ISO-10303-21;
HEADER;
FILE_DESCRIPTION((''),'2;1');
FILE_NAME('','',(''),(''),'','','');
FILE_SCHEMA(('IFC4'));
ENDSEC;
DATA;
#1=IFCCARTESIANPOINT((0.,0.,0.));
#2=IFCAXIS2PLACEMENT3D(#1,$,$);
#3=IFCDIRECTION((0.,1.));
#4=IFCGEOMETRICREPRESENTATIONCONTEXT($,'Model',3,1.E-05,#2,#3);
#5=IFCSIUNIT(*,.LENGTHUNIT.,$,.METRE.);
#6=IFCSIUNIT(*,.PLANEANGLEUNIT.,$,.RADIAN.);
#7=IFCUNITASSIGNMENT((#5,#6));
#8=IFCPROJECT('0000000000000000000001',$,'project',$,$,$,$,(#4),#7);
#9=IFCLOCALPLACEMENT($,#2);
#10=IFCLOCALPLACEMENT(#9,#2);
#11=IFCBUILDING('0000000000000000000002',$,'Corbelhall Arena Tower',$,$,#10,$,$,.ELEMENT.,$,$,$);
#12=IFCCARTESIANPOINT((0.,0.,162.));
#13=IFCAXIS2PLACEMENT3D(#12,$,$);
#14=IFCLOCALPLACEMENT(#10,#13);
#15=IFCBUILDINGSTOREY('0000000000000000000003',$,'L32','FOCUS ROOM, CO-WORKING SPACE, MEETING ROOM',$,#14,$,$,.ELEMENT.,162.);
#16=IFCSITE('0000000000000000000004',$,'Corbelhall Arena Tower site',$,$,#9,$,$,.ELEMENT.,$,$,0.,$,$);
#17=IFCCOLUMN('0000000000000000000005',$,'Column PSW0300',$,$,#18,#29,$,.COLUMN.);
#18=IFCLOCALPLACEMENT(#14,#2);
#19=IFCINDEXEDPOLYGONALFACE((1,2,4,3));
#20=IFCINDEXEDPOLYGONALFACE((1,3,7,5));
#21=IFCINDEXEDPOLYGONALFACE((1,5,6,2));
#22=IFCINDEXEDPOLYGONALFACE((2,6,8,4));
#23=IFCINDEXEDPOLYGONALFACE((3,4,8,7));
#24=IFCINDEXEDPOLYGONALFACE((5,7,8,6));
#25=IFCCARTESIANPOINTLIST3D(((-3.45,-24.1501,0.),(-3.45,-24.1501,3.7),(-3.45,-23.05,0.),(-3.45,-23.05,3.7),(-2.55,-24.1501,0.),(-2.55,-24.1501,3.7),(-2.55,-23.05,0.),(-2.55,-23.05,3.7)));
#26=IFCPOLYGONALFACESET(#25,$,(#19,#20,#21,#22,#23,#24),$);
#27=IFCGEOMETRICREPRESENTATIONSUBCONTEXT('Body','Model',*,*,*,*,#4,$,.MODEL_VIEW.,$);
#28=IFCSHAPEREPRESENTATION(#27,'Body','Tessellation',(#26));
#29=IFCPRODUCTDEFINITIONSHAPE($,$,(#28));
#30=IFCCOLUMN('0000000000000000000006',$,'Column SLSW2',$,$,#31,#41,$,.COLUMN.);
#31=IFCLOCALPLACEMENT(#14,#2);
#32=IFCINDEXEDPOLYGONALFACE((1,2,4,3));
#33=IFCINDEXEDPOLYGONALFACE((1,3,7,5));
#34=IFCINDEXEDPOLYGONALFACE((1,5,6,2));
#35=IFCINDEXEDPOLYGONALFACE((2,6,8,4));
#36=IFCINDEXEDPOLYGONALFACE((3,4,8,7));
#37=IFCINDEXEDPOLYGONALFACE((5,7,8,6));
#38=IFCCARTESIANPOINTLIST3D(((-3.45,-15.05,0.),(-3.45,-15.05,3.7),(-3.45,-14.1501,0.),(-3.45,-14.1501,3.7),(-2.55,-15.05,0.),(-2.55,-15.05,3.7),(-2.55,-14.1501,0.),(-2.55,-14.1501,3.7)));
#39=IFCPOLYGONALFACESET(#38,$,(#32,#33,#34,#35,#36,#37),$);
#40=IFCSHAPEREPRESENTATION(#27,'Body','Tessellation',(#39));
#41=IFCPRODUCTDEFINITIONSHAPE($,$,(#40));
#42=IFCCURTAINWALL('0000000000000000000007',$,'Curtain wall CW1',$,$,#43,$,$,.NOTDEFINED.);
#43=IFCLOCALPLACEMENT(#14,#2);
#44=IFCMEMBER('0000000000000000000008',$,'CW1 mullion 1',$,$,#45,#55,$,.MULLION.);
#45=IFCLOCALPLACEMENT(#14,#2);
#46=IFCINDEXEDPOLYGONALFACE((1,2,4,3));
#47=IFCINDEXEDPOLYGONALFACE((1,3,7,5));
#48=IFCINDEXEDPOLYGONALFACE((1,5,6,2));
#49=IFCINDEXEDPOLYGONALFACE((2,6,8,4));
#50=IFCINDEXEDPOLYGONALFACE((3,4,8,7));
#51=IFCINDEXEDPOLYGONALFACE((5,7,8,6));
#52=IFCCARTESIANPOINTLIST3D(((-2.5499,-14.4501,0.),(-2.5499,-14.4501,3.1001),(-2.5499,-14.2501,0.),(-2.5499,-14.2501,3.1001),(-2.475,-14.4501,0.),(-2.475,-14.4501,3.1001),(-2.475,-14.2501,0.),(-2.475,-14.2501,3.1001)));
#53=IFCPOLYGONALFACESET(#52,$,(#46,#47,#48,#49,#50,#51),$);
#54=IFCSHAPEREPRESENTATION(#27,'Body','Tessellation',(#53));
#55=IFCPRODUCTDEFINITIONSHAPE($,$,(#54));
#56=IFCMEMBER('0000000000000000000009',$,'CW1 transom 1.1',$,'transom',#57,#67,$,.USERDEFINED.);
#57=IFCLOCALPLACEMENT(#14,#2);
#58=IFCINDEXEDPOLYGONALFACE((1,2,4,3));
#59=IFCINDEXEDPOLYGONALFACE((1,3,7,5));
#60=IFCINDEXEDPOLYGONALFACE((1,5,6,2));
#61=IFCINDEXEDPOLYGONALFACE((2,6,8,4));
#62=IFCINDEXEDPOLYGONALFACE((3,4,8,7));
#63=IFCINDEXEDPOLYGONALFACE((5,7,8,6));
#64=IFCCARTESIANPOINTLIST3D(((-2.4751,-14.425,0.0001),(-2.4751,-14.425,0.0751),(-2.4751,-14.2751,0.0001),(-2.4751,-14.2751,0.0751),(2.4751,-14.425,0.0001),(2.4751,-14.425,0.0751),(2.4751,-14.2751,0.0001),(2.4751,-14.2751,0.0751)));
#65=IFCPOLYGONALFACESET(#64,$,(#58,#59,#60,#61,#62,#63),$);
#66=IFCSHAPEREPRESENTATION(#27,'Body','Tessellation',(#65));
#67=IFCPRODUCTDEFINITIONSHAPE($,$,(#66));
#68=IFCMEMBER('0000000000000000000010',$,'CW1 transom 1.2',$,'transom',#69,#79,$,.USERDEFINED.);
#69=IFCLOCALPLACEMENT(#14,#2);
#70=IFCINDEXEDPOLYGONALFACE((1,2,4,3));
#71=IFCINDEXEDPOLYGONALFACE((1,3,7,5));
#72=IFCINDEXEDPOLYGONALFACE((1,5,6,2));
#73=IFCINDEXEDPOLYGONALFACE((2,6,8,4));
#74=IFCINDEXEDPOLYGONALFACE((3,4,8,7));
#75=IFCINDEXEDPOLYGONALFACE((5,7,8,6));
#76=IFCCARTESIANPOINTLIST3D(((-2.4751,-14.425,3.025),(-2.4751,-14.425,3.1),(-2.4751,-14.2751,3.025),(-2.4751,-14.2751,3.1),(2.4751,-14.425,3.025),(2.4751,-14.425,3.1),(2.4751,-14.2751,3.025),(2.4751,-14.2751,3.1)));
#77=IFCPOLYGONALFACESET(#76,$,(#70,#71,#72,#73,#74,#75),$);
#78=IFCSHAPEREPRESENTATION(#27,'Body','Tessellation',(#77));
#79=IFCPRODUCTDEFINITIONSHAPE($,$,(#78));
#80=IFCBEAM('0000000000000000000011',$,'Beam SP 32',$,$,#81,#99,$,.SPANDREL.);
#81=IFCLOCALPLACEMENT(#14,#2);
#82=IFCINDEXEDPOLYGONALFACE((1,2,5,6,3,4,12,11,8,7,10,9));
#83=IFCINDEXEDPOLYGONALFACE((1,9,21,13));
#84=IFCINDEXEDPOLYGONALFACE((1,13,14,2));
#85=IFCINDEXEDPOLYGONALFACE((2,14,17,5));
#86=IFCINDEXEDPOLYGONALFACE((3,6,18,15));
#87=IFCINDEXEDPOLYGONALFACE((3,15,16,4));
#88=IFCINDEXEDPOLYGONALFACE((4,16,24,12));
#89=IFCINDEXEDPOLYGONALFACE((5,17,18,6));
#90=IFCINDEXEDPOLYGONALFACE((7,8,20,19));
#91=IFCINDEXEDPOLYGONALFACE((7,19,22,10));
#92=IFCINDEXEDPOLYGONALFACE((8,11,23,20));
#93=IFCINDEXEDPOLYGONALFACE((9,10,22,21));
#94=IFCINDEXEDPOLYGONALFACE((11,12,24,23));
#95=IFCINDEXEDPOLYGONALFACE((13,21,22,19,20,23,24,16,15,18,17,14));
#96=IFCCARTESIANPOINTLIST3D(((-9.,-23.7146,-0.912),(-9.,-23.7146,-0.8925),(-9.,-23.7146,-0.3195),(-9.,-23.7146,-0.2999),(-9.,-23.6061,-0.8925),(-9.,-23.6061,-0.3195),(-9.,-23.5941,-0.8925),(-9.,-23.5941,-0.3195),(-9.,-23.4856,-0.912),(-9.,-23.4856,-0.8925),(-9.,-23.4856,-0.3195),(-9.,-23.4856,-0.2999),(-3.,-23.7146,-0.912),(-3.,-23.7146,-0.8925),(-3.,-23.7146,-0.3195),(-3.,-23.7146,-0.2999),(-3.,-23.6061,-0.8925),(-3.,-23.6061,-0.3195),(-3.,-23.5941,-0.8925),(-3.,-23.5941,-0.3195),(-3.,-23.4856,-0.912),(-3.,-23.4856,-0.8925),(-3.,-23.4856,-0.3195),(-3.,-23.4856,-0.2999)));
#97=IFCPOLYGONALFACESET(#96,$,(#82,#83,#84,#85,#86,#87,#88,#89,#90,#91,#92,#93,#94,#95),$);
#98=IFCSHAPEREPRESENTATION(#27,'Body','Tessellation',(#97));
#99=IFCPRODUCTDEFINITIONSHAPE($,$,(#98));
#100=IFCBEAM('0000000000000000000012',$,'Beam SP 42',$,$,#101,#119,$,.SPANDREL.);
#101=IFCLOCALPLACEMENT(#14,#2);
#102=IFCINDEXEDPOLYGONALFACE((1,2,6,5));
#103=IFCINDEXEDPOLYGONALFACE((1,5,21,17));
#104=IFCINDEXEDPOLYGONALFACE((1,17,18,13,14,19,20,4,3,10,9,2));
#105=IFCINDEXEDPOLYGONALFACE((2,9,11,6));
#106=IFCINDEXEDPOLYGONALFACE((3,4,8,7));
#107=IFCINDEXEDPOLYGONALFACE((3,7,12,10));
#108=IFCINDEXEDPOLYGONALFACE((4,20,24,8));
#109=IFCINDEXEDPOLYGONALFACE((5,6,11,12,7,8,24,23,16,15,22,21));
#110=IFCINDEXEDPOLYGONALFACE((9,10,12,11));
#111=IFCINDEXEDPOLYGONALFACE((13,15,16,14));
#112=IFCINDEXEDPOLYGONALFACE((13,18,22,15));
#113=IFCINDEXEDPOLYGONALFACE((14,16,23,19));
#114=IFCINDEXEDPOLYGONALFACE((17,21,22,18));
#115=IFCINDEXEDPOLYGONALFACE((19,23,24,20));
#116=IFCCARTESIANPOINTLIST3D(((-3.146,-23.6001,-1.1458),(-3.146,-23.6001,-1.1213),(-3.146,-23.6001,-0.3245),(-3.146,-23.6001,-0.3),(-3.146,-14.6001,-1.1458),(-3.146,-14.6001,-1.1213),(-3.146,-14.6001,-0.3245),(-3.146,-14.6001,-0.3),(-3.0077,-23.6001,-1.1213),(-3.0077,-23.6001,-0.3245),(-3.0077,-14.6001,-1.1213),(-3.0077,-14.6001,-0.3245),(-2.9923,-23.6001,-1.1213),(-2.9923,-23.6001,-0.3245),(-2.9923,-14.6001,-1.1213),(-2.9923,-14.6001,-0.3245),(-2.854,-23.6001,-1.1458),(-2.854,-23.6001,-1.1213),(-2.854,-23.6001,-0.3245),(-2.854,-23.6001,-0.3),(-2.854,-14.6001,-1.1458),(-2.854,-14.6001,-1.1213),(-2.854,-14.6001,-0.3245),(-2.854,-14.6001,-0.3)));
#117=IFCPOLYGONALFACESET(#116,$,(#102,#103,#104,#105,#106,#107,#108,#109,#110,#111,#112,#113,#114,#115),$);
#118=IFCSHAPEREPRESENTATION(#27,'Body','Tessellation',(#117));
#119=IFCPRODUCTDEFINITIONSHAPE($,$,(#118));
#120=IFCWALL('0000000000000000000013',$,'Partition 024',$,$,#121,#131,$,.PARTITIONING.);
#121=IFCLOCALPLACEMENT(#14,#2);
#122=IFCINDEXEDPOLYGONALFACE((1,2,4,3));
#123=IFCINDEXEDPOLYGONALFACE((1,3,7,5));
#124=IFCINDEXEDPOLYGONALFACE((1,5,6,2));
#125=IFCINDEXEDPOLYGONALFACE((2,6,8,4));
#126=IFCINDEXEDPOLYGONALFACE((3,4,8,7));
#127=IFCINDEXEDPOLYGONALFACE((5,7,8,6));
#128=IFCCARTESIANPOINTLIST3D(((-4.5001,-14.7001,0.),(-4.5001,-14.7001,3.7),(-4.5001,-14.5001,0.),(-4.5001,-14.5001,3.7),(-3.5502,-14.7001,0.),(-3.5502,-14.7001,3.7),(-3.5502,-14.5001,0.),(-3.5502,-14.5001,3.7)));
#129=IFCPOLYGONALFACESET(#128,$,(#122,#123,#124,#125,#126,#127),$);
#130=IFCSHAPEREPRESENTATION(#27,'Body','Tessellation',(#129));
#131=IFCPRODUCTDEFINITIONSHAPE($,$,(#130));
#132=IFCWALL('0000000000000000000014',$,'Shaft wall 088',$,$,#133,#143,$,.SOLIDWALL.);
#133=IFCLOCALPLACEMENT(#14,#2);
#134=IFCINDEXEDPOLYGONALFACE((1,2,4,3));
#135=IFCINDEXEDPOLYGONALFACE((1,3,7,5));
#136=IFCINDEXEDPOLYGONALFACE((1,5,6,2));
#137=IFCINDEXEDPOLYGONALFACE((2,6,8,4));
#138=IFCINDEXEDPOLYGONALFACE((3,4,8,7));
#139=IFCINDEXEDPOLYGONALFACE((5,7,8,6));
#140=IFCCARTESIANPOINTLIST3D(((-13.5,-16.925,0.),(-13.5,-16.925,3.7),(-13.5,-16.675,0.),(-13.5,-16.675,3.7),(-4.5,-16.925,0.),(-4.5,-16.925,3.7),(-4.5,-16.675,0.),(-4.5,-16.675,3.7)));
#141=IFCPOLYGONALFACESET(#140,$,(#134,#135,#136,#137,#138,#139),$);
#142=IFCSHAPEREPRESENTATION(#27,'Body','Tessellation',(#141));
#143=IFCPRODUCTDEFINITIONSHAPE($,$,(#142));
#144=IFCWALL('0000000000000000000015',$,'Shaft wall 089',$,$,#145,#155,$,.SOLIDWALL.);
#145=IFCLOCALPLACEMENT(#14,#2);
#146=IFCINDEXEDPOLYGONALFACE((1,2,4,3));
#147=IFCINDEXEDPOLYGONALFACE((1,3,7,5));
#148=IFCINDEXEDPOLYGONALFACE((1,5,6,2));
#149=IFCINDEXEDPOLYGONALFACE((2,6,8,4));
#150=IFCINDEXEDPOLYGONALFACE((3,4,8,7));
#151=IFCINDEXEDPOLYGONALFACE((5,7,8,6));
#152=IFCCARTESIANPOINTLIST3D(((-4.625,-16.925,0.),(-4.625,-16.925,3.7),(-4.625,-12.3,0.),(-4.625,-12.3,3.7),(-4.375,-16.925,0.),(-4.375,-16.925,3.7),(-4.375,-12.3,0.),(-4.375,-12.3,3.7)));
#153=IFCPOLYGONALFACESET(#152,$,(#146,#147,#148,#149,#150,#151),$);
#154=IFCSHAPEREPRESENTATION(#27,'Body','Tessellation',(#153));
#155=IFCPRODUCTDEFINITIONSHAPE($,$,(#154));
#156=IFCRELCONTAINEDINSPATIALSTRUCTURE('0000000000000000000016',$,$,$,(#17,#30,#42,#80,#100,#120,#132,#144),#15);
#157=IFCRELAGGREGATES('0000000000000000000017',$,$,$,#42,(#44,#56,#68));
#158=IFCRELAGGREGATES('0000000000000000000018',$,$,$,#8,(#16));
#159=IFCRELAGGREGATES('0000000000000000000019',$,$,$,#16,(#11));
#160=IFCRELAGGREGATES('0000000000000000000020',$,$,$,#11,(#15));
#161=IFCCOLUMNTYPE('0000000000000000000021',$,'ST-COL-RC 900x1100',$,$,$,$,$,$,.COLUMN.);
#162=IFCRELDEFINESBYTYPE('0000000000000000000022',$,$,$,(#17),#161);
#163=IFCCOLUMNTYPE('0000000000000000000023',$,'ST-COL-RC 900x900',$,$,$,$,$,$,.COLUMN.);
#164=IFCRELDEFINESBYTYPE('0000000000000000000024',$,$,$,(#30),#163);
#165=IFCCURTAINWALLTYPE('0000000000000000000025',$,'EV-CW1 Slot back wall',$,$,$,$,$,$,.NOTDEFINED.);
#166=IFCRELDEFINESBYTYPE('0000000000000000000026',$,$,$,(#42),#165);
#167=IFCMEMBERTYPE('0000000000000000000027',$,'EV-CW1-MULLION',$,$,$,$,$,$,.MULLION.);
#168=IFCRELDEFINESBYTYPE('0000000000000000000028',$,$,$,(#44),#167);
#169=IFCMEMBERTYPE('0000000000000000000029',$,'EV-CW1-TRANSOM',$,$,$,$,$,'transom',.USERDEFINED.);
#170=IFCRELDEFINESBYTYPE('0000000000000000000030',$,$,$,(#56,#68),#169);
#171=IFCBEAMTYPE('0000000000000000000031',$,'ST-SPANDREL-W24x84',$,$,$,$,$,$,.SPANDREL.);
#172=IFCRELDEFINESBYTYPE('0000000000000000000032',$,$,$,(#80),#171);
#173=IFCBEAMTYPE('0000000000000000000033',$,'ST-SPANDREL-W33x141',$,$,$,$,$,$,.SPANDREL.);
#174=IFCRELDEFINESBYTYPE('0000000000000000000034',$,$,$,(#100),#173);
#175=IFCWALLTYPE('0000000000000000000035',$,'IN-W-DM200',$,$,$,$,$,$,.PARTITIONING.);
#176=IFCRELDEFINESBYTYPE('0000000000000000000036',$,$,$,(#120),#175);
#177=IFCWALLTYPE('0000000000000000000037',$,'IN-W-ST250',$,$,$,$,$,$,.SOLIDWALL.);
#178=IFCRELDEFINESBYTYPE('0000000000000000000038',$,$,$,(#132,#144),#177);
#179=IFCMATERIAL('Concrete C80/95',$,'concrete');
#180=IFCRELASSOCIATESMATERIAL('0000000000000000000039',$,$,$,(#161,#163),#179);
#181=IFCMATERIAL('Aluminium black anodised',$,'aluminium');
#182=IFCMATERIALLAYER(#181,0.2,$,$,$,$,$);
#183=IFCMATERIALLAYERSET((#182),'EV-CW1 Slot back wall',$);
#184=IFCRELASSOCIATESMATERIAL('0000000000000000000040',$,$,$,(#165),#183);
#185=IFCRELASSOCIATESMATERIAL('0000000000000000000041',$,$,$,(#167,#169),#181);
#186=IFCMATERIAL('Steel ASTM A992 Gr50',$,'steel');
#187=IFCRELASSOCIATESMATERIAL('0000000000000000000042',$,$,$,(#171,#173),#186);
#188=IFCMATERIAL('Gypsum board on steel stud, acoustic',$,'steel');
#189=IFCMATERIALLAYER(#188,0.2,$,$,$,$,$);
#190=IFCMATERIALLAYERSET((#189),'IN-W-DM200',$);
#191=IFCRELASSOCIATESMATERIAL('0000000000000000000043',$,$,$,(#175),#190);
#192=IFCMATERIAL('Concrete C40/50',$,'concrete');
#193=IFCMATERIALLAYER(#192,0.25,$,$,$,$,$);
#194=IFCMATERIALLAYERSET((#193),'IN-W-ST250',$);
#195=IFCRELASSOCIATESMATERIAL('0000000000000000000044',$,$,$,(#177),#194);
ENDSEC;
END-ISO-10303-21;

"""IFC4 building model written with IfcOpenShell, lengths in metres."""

from ifc_helpers import new_model, si_unit, direction, frame, frame_2d, origin, origin_2d, place, context, subcontext, project, spatial, rectangle, i_section, extrude, material, layer, layer_set, material_profile, profile_set, type_object, element, aggregate, save


model = new_model("IFC4")

# Units and contexts
model_context = context("Model", 3, precision=1e-05, world=origin(), true_north=direction((0.0, 1.0)))
body_context = subcontext(model_context, "Body", "Model", "MODEL_VIEW")
ifc_project = project(units=[si_unit("LENGTHUNIT", "METRE"), si_unit("PLANEANGLEUNIT", "RADIAN")], contexts=[model_context])

# Site, building, storey
site_placement = place(None, origin())
site = spatial("IfcSite", under=ifc_project, at=site_placement, Name="Corbelhall Arena Tower site", CompositionType="ELEMENT", RefElevation=0.0)
building_placement = place(site_placement, origin())
building = spatial("IfcBuilding", under=site, at=building_placement, Name="Corbelhall Arena Tower", CompositionType="ELEMENT")
storey_placement = place(building_placement, frame((0.0, 0.0, 162.0)))
storey = spatial("IfcBuildingStorey", under=building, at=storey_placement, Name="L32", Description="FOCUS ROOM, CO-WORKING SPACE, MEETING ROOM", CompositionType="ELEMENT", Elevation=162.0)

# Columns
ifc_material_1 = material(Name="Concrete C80/95", Category="concrete")
ifc_material_profile_1 = material_profile(ifc_material_1, rectangle(XDim=0.8999, YDim=1.1001, at=origin_2d()))
ifc_profile_set_1 = profile_set([ifc_material_profile_1], Name="Concrete C80/95")
column_type_1 = type_object("IfcColumnType", Name="ST-COL-RC 900x1100", PredefinedType="COLUMN", material=ifc_profile_set_1)
column_1_placement = place(storey_placement, frame((-3.0, -23.6001, 0.0), z_axis=(0.0, 0.0, 1.0), x_axis=(1.0, 0.0, 0.0)))
element("IfcColumn", 1, at=column_1_placement, inside=storey, type_object=column_type_1, Name="Column PSW0300", PredefinedType="COLUMN", context=body_context, shape_type="SweptSolid", body=[
    extrude(rectangle(XDim=0.8999, YDim=1.1001, at=origin_2d()), origin(), (0.0, 0.0, 1.0), 3.7),
])
ifc_material_profile_2 = material_profile(ifc_material_1, rectangle(XDim=0.8999, YDim=0.8999, at=origin_2d()))
ifc_profile_set_2 = profile_set([ifc_material_profile_2], Name="Concrete C80/95")
column_type_2 = type_object("IfcColumnType", Name="ST-COL-RC 900x900", PredefinedType="COLUMN", material=ifc_profile_set_2)
column_2_placement = place(storey_placement, frame((-3.0, -14.6001, 0.0), z_axis=(0.0, 0.0, 1.0), x_axis=(1.0, 0.0, 0.0)))
element("IfcColumn", 2, at=column_2_placement, inside=storey, type_object=column_type_2, Name="Column SLSW2", PredefinedType="COLUMN", context=body_context, shape_type="SweptSolid", body=[
    extrude(rectangle(XDim=0.8999, YDim=0.8999, at=origin_2d()), origin(), (0.0, 0.0, 1.0), 3.7),
])

# Curtain wall, members
ifc_material_2 = material(Name="Aluminium black anodised", Category="aluminium")
ifc_layer_1 = layer(ifc_material_2, 0.2)
ifc_layer_set_1 = layer_set([ifc_layer_1], Name="EV-CW1 Slot back wall")
curtain_wall_type = type_object("IfcCurtainWallType", Name="EV-CW1 Slot back wall", PredefinedType="NOTDEFINED", material=ifc_layer_set_1)
curtain_wall_placement = place(storey_placement, origin())
curtain_wall = element("IfcCurtainWall", 3, at=curtain_wall_placement, inside=storey, type_object=curtain_wall_type, Name="Curtain wall CW1", PredefinedType="NOTDEFINED")
ifc_material_profile_3 = material_profile(ifc_material_2, rectangle(XDim=0.2, YDim=0.075, at=origin_2d()))
ifc_profile_set_3 = profile_set([ifc_material_profile_3], Name="Aluminium black anodised")
member_type_1 = type_object("IfcMemberType", Name="EV-CW1-MULLION", PredefinedType="MULLION", material=ifc_profile_set_3)
member_1_placement = place(storey_placement, frame((-2.5125, -14.3501, 0.0), z_axis=(0.0, 0.0, 1.0), x_axis=(0.0, 1.0, 0.0)))
member_1 = element("IfcMember", 4, at=member_1_placement, type_object=member_type_1, Name="CW1 mullion 1", PredefinedType="MULLION", context=body_context, shape_type="SweptSolid", body=[
    extrude(rectangle(XDim=0.2, YDim=0.075, at=origin_2d()), origin(), (0.0, 0.0, 1.0), 3.1001),
])
ifc_material_profile_4 = material_profile(ifc_material_2, rectangle(XDim=0.1499, YDim=0.075, at=origin_2d()))
ifc_profile_set_4 = profile_set([ifc_material_profile_4], Name="Aluminium black anodised")
member_type_2 = type_object("IfcMemberType", Name="EV-CW1-TRANSOM", ElementType="transom", PredefinedType="USERDEFINED", material=ifc_profile_set_4)
member_2_placement = place(storey_placement, frame((-2.4751, -14.3501, 0.0376), z_axis=(1.0, 0.0, 0.0), x_axis=(0.0, 1.0, 0.0)))
member_2 = element("IfcMember", 5, at=member_2_placement, type_object=member_type_2, Name="CW1 transom 1.1", ObjectType="transom", PredefinedType="USERDEFINED", context=body_context, shape_type="SweptSolid", body=[
    extrude(rectangle(XDim=0.1499, YDim=0.075, at=origin_2d()), origin(), (0.0, 0.0, 1.0), 4.9502),
])
member_3_placement = place(storey_placement, frame((-2.4751, -14.3501, 3.0625), z_axis=(1.0, 0.0, 0.0), x_axis=(0.0, 1.0, 0.0)))
member_3 = element("IfcMember", 6, at=member_3_placement, type_object=member_type_2, Name="CW1 transom 1.2", ObjectType="transom", PredefinedType="USERDEFINED", context=body_context, shape_type="SweptSolid", body=[
    extrude(rectangle(XDim=0.1499, YDim=0.075, at=origin_2d()), origin(), (0.0, 0.0, 1.0), 4.9502),
])
aggregate(curtain_wall, [member_1, member_2, member_3])

# Beams
ifc_material_3 = material(Name="Steel ASTM A992 Gr50", Category="steel")
ifc_material_profile_5 = material_profile(ifc_material_3, i_section(OverallWidth=0.229, OverallDepth=0.6121, WebThickness=0.012, FlangeThickness=0.0195, at=origin_2d()))
ifc_profile_set_5 = profile_set([ifc_material_profile_5], Name="Steel ASTM A992 Gr50")
beam_type_1 = type_object("IfcBeamType", Name="ST-SPANDREL-W24x84", PredefinedType="SPANDREL", material=ifc_profile_set_5)
beam_1_placement = place(storey_placement, frame((-3.0, -23.6001, -0.606), z_axis=(-1.0, 0.0, 0.0), x_axis=(0.0, -1.0, 0.0)))
element("IfcBeam", 7, at=beam_1_placement, inside=storey, type_object=beam_type_1, Name="Beam SP 32", PredefinedType="SPANDREL", context=body_context, shape_type="SweptSolid", body=[
    extrude(i_section(OverallWidth=0.229, OverallDepth=0.6121, WebThickness=0.012, FlangeThickness=0.0195, at=origin_2d()), origin(), (0.0, 0.0, 1.0), 6.0),
])
ifc_material_profile_6 = material_profile(ifc_material_3, i_section(OverallWidth=0.292, OverallDepth=0.8457, WebThickness=0.0154, FlangeThickness=0.0244, at=origin_2d()))
ifc_profile_set_6 = profile_set([ifc_material_profile_6], Name="Steel ASTM A992 Gr50")
beam_type_2 = type_object("IfcBeamType", Name="ST-SPANDREL-W33x141", PredefinedType="SPANDREL", material=ifc_profile_set_6)
beam_2_placement = place(storey_placement, frame((-3.0, -14.6001, -0.7229), z_axis=(0.0, -1.0, 0.0), x_axis=(1.0, 0.0, 0.0)))
element("IfcBeam", 8, at=beam_2_placement, inside=storey, type_object=beam_type_2, Name="Beam SP 42", PredefinedType="SPANDREL", context=body_context, shape_type="SweptSolid", body=[
    extrude(i_section(OverallWidth=0.292, OverallDepth=0.8457, WebThickness=0.0154, FlangeThickness=0.0244, at=origin_2d()), origin(), (0.0, 0.0, 1.0), 9.0),
])

# Walls
ifc_material_4 = material(Name="Gypsum board on steel stud, acoustic", Category="steel")
ifc_layer_2 = layer(ifc_material_4, 0.2)
ifc_layer_set_2 = layer_set([ifc_layer_2], Name="IN-W-DM200")
wall_type_1 = type_object("IfcWallType", Name="IN-W-DM200", PredefinedType="PARTITIONING", material=ifc_layer_set_2)
wall_1_placement = place(storey_placement, frame((-3.55, -14.6001, 0.0), z_axis=(0.0, 0.0, 1.0), x_axis=(-1.0, 0.0, 0.0)))
element("IfcWall", 9, at=wall_1_placement, inside=storey, type_object=wall_type_1, Name="Partition 024", PredefinedType="PARTITIONING", context=body_context, shape_type="SweptSolid", body=[
    extrude(rectangle(XDim=0.95, YDim=0.2, at=frame_2d((0.4751, 0.0))), origin(), (0.0, 0.0, 1.0), 3.7),
])
ifc_material_5 = material(Name="Concrete C40/50", Category="concrete")
ifc_layer_3 = layer(ifc_material_5, 0.25)
ifc_layer_set_3 = layer_set([ifc_layer_3], Name="IN-W-ST250")
wall_type_2 = type_object("IfcWallType", Name="IN-W-ST250", PredefinedType="SOLIDWALL", material=ifc_layer_set_3)
wall_2_placement = place(storey_placement, frame((-4.5, -16.8, 0.0), z_axis=(0.0, 0.0, 1.0), x_axis=(-1.0, 0.0, 0.0)))
element("IfcWall", 10, at=wall_2_placement, inside=storey, type_object=wall_type_2, Name="Shaft wall 088", PredefinedType="SOLIDWALL", context=body_context, shape_type="SweptSolid", body=[
    extrude(rectangle(XDim=9.0, YDim=0.25, at=frame_2d((4.5, 0.0))), origin(), (0.0, 0.0, 1.0), 3.7),
])
wall_3_placement = place(storey_placement, frame((-4.5, -12.3, 0.0), z_axis=(0.0, 0.0, 1.0), x_axis=(0.0, -1.0, 0.0)))
element("IfcWall", 11, at=wall_3_placement, inside=storey, type_object=wall_type_2, Name="Shaft wall 089", PredefinedType="SOLIDWALL", context=body_context, shape_type="SweptSolid", body=[
    extrude(rectangle(XDim=4.625, YDim=0.25, at=frame_2d((2.3125, 0.0))), origin(), (0.0, 0.0, 1.0), 3.7),
])

save(model, "model.ifc")
